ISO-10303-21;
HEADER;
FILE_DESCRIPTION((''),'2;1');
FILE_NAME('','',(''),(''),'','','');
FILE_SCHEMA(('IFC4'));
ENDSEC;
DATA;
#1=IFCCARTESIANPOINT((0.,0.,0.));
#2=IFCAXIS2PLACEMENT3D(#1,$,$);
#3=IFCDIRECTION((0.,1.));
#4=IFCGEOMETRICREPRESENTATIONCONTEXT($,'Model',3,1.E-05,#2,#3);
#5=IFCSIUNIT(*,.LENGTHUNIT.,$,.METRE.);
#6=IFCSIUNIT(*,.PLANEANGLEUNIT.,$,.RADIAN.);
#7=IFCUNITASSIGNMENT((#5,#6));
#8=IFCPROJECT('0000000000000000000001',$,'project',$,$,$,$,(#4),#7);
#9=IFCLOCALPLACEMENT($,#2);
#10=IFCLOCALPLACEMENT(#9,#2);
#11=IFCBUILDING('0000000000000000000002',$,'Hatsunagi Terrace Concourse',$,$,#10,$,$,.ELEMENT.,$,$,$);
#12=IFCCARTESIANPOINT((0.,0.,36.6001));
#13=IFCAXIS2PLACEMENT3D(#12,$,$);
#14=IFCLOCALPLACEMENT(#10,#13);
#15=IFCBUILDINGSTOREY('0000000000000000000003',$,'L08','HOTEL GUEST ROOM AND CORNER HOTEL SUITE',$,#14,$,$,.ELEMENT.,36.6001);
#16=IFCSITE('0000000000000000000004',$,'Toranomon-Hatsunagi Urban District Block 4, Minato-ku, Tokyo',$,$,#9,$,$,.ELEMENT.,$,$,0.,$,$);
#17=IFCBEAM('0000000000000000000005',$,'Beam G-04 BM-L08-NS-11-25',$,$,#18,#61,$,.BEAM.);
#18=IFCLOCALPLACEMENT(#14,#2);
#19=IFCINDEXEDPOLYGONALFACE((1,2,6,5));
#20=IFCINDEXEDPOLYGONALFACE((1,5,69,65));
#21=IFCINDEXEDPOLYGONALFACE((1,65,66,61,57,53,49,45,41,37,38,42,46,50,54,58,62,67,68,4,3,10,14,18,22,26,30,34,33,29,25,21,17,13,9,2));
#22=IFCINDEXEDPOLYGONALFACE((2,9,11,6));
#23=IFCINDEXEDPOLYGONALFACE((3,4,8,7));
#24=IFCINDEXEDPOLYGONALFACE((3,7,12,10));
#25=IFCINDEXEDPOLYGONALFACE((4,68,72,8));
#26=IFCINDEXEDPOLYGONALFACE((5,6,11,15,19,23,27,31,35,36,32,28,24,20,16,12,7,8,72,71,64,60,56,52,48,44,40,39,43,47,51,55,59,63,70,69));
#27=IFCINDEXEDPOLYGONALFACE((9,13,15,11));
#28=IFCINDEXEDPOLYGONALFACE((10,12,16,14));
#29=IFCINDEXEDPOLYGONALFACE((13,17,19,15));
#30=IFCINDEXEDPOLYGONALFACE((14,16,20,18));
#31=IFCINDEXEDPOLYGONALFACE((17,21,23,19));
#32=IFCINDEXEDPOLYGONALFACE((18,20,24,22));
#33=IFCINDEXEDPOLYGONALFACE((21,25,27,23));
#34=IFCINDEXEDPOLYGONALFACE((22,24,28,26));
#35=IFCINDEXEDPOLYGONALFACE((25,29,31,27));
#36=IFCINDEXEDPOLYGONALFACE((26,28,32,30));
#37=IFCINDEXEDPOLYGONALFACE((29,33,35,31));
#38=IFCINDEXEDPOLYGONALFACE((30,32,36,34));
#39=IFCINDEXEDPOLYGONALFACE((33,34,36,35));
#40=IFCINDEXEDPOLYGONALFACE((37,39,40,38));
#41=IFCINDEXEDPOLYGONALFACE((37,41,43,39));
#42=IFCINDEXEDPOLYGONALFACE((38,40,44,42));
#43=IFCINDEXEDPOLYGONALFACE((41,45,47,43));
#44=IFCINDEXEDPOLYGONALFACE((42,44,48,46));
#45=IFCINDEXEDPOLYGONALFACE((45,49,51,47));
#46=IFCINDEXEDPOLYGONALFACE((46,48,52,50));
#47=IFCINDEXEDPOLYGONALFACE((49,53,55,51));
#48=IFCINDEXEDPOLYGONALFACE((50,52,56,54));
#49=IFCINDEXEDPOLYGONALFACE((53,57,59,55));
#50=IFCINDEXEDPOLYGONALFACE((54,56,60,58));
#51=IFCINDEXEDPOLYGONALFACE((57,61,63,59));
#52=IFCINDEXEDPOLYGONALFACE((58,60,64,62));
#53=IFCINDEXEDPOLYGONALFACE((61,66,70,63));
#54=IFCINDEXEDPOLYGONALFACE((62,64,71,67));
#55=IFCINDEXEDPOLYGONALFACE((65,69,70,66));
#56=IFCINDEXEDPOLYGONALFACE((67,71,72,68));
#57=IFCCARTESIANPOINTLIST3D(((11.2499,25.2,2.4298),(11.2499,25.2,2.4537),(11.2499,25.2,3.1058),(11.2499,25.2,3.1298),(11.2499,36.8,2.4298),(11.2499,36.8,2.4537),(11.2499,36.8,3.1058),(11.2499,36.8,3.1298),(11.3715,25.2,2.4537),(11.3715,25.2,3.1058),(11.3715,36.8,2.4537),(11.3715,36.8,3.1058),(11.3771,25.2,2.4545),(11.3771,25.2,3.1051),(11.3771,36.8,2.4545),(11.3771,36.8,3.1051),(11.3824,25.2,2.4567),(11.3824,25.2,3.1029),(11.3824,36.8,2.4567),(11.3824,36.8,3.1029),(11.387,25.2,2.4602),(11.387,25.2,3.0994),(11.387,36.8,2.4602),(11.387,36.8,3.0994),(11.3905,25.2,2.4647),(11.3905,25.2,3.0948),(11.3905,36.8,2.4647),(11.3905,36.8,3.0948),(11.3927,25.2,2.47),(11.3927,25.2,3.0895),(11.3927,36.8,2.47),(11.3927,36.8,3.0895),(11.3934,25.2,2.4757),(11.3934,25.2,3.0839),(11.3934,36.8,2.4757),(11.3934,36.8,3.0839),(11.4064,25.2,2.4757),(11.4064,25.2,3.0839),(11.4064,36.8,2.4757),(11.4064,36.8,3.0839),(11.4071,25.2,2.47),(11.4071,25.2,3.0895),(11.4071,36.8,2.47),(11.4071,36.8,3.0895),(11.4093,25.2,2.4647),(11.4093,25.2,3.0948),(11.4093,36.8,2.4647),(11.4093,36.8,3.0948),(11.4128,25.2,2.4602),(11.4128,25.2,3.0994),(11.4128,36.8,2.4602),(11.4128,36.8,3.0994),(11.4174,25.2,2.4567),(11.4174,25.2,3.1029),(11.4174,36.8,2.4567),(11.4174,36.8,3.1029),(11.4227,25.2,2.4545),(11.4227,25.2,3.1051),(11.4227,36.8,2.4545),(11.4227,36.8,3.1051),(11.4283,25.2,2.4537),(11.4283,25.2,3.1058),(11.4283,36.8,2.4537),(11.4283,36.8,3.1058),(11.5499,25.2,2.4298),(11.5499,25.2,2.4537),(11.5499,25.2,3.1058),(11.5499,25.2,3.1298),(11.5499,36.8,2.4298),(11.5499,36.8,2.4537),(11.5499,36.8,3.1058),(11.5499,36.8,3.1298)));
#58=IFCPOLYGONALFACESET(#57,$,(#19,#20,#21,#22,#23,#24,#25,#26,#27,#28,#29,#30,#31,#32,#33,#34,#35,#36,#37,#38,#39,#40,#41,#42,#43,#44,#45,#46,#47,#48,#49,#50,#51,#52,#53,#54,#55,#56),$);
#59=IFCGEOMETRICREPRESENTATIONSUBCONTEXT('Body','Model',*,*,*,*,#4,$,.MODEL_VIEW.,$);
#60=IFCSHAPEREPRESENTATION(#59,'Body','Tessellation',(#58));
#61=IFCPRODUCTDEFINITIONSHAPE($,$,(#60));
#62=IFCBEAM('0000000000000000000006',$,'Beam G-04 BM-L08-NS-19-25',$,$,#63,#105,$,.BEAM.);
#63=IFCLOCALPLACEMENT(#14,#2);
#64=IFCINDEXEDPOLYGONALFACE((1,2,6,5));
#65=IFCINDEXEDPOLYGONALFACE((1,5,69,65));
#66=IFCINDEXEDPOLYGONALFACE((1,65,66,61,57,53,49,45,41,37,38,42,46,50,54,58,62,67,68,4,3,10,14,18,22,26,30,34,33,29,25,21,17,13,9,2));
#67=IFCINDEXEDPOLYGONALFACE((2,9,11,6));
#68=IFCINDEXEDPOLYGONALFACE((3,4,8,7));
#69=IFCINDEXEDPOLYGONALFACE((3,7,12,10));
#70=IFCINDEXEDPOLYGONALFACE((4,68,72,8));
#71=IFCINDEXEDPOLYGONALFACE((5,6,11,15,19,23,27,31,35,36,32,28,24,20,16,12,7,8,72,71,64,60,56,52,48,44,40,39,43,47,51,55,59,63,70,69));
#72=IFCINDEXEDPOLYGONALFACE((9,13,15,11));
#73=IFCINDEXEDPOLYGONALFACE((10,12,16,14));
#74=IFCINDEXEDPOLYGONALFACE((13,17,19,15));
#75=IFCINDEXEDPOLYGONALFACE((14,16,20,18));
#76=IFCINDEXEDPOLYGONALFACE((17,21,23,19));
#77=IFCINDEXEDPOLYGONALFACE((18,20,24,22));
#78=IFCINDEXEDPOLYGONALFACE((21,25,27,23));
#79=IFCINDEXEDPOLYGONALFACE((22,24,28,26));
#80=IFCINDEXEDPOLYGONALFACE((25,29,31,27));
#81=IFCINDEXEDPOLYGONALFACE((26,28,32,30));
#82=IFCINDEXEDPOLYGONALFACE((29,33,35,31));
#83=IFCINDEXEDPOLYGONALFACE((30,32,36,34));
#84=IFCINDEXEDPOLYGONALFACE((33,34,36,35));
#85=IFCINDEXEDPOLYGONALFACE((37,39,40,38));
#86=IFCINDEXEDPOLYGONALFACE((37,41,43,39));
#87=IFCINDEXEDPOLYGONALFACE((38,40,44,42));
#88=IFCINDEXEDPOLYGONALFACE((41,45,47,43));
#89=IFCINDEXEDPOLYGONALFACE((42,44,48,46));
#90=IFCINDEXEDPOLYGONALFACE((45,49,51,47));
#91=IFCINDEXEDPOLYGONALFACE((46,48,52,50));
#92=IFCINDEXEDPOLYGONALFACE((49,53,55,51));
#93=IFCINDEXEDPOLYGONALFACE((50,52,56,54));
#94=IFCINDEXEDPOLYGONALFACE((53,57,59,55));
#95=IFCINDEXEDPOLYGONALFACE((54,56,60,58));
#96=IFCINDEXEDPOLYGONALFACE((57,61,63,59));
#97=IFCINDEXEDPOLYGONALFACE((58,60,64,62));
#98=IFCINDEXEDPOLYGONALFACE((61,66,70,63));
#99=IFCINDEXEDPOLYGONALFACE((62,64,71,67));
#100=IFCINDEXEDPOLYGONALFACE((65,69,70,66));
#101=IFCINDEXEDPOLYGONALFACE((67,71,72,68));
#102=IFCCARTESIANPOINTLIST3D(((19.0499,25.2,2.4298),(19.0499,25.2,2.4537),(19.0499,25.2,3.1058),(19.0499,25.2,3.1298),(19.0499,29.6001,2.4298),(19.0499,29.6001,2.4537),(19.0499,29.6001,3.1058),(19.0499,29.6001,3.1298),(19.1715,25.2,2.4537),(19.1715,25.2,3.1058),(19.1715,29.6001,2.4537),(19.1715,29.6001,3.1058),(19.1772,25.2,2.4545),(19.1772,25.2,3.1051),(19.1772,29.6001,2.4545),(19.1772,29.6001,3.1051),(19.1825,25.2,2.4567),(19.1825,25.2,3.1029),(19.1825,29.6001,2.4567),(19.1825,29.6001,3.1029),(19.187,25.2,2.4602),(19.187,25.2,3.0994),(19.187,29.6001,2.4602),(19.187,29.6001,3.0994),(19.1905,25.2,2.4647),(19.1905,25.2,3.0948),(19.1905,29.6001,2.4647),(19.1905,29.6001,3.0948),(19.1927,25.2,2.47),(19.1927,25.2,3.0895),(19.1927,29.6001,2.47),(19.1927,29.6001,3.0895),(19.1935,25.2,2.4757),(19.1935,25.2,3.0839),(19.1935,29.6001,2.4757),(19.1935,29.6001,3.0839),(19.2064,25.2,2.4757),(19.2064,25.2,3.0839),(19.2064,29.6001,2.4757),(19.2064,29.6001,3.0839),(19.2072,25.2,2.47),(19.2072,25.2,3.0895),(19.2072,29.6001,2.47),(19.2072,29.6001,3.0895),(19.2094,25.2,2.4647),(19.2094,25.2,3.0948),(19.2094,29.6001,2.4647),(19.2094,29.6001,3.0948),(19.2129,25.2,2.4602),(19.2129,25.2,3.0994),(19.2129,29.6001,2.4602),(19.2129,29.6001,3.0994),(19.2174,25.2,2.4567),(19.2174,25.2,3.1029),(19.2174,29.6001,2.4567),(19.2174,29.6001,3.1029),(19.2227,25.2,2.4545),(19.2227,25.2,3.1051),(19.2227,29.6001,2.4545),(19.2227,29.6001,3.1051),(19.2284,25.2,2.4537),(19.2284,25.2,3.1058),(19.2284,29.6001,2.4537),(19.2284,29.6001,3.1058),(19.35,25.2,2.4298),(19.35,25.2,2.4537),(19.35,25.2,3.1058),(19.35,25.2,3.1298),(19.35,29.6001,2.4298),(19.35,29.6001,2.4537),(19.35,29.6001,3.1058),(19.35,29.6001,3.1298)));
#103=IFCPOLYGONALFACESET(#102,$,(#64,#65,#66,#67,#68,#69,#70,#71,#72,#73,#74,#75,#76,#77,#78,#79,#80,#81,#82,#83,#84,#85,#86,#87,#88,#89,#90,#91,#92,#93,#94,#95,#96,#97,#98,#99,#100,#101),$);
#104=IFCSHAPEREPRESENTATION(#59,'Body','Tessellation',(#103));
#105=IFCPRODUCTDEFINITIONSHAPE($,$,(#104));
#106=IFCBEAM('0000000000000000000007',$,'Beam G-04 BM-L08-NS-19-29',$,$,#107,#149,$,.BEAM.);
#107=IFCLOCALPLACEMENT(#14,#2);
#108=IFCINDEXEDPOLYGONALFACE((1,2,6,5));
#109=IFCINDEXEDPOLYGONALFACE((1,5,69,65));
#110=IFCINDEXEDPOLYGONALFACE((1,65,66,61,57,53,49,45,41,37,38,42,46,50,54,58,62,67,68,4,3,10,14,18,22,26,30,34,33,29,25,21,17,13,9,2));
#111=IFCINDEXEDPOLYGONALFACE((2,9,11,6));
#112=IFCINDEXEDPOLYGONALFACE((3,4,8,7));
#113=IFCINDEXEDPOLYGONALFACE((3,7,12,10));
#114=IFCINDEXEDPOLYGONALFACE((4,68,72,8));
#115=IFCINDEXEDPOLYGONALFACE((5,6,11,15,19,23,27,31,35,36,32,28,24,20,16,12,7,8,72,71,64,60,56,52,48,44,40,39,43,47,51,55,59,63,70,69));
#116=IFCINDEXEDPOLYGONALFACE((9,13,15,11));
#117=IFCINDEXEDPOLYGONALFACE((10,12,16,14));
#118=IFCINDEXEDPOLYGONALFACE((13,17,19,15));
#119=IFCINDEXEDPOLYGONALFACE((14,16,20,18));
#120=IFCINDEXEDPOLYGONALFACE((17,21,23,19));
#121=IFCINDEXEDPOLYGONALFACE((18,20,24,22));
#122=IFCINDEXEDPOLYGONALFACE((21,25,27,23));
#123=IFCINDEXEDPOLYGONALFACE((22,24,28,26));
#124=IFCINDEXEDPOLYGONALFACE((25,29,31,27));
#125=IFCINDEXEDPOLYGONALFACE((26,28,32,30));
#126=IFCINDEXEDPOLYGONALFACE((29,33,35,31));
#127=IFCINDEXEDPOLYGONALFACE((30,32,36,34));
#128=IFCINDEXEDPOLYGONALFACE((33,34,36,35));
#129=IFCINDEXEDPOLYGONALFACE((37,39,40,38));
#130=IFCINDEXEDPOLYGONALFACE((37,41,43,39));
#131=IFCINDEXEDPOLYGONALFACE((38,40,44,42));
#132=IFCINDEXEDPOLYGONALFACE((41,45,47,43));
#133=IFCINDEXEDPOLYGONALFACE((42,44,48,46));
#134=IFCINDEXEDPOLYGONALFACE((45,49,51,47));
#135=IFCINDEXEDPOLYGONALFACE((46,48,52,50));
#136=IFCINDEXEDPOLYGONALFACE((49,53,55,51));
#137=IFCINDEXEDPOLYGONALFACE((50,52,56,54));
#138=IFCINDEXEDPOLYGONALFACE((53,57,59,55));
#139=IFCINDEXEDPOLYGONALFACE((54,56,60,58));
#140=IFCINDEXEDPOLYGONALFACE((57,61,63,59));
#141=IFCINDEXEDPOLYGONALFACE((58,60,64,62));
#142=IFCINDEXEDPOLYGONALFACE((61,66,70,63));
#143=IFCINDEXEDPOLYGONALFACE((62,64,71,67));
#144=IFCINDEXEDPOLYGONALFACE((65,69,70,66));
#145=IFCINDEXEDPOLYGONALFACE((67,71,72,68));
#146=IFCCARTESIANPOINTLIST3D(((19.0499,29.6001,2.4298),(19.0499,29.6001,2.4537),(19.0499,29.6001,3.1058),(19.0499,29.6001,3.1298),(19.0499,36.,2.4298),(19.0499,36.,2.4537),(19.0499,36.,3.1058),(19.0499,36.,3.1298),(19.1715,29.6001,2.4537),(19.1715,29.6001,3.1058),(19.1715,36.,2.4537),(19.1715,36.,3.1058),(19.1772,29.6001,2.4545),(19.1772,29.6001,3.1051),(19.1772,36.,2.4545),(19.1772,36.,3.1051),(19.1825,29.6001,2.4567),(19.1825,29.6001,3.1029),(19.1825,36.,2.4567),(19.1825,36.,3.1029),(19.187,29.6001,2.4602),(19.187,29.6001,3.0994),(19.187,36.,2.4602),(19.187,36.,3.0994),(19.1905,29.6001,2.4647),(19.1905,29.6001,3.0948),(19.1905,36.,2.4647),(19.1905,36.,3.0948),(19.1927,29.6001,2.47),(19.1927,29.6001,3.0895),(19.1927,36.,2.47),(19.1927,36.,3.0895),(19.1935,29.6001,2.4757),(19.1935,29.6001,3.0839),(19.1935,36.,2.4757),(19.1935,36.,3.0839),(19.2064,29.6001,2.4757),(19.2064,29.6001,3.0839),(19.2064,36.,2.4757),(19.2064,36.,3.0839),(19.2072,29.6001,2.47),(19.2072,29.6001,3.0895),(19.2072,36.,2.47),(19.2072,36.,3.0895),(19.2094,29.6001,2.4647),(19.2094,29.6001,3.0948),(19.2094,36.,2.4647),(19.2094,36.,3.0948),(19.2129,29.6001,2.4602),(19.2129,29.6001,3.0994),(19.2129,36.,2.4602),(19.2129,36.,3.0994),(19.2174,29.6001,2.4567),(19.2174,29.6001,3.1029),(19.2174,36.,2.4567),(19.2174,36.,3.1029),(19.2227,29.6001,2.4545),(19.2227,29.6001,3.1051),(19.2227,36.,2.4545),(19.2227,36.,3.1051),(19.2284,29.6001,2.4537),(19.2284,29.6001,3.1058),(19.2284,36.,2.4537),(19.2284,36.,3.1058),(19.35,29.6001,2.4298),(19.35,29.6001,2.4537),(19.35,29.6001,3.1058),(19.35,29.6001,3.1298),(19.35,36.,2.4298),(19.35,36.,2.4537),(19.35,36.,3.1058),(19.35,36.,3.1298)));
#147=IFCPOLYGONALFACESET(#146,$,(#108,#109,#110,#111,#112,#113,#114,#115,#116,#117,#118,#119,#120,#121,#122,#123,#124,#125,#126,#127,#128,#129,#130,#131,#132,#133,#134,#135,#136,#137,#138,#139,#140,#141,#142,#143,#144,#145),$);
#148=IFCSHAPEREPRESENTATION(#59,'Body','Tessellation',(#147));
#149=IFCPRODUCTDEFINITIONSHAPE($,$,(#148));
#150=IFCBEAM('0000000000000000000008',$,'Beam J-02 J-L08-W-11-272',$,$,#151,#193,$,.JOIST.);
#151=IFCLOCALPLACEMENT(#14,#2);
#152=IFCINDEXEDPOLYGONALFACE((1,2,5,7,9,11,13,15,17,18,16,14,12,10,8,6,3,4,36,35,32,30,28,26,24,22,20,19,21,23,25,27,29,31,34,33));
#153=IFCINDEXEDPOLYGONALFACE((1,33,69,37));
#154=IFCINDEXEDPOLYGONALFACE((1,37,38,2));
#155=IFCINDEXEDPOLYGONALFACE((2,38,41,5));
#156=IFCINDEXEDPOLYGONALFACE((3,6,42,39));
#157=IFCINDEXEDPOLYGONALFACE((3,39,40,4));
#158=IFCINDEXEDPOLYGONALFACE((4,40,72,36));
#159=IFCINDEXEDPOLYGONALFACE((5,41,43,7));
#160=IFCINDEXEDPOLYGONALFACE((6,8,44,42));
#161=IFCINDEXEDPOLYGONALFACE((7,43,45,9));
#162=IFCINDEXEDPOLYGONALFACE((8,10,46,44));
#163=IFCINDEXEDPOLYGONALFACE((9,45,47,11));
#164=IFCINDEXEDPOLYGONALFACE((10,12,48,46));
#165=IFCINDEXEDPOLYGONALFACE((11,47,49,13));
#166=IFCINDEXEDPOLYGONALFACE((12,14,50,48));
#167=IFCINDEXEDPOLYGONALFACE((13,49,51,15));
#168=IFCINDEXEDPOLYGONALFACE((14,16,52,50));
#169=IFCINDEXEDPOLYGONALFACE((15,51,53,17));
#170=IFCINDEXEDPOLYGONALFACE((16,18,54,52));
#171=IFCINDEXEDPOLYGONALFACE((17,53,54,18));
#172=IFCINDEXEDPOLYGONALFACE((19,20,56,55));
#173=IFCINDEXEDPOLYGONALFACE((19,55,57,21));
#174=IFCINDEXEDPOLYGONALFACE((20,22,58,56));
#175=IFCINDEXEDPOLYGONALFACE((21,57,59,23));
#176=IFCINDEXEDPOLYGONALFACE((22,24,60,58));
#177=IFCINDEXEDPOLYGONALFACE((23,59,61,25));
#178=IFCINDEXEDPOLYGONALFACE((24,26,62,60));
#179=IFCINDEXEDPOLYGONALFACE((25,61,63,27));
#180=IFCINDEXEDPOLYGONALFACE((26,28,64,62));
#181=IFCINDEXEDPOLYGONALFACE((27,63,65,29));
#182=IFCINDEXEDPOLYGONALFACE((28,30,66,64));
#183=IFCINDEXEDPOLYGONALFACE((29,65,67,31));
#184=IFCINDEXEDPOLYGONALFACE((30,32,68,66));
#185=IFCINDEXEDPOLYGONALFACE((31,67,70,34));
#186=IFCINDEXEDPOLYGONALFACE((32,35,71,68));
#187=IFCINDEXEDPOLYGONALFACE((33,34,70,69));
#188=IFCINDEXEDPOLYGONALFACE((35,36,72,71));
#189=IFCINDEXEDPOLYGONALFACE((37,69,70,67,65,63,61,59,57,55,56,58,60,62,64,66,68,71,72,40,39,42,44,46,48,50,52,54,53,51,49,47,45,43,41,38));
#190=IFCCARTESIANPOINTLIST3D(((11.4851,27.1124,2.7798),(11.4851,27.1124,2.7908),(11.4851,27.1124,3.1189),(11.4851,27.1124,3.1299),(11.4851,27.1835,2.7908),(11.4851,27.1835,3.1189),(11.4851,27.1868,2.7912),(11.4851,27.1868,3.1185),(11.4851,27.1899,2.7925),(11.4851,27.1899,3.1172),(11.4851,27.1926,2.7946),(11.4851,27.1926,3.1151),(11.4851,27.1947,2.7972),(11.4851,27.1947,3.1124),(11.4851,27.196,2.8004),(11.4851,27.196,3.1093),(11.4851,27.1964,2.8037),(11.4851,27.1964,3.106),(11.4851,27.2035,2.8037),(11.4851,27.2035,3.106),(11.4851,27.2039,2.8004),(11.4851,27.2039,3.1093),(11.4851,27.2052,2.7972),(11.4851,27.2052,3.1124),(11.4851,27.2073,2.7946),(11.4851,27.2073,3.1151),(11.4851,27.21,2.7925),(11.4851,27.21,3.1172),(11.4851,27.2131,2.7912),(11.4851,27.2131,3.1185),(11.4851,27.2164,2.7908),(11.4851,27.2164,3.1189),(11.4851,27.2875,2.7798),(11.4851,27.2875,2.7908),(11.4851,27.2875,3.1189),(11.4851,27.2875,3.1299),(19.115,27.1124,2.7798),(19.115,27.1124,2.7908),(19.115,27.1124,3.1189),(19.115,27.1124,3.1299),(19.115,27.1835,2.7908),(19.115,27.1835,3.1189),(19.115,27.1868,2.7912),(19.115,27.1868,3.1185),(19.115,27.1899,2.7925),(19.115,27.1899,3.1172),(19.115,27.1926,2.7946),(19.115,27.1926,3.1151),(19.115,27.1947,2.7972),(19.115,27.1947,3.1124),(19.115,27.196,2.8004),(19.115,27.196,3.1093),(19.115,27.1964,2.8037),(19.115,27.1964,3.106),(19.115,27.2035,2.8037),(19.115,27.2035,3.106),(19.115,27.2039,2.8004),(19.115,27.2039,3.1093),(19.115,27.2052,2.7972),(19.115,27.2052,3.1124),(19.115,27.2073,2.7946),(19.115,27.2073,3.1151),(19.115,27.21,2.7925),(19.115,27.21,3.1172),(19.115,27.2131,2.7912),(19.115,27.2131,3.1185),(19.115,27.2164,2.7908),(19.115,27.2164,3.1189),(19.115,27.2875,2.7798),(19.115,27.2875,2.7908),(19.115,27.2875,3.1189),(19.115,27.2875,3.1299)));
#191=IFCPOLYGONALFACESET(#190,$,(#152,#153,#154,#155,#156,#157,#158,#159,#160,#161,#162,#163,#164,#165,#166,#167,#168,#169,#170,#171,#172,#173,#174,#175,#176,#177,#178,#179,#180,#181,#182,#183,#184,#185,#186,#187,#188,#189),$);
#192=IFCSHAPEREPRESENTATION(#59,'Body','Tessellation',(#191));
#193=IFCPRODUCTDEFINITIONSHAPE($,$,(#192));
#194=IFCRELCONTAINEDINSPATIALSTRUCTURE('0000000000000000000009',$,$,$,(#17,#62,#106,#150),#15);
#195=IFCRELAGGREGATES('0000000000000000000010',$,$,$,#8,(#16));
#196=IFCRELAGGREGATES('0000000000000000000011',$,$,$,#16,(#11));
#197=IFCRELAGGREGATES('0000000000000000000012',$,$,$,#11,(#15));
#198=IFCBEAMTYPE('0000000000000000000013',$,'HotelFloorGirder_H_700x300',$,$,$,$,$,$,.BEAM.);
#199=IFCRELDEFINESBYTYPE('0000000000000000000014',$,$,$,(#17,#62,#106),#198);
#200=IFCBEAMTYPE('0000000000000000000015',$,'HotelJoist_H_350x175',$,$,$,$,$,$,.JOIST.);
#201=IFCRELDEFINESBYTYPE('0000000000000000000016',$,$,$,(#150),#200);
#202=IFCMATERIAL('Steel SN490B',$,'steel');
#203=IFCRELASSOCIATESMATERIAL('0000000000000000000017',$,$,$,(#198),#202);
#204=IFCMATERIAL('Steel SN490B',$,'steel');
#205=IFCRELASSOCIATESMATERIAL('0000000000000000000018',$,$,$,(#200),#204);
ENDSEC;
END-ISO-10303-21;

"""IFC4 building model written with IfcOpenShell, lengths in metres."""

from ifc_helpers import new_model, si_unit, direction, frame, origin, origin_2d, place, context, subcontext, project, spatial, i_section, extrude, material, material_profile, profile_set, type_object, element, save


model = new_model("IFC4")

# Units and contexts
model_context = context("Model", 3, precision=1e-05, world=origin(), true_north=direction((0.0, 1.0)))
body_context = subcontext(model_context, "Body", "Model", "MODEL_VIEW")
ifc_project = project(units=[si_unit("LENGTHUNIT", "METRE"), si_unit("PLANEANGLEUNIT", "RADIAN")], contexts=[model_context])

# Site, building, storey
site_placement = place(None, origin())
site = spatial("IfcSite", under=ifc_project, at=site_placement, Name="Toranomon-Hatsunagi Urban District Block 4, Minato-ku, Tokyo", CompositionType="ELEMENT", RefElevation=0.0)
building_placement = place(site_placement, origin())
building = spatial("IfcBuilding", under=site, at=building_placement, Name="Hatsunagi Terrace Concourse", CompositionType="ELEMENT")
storey_placement = place(building_placement, frame((0.0, 0.0, 36.6001)))
storey = spatial("IfcBuildingStorey", under=building, at=storey_placement, Name="L08", Description="HOTEL GUEST ROOM AND CORNER HOTEL SUITE", CompositionType="ELEMENT", Elevation=36.6001)

# Beams
ifc_material_1 = material(Name="Steel SN490B", Category="steel")
ifc_material_profile_1 = material_profile(ifc_material_1, i_section(OverallWidth=0.3, OverallDepth=0.7, WebThickness=0.0129, FlangeThickness=0.0239, FilletRadius=0.022, at=origin_2d()), Name="H-700x300x13x24")
ifc_profile_set_1 = profile_set([ifc_material_profile_1], Name="Steel SN490B")
beam_type_1 = type_object("IfcBeamType", Name="HotelFloorGirder_H_700x300", PredefinedType="BEAM", material=ifc_profile_set_1)
beam_1_placement = place(storey_placement, frame((11.3999, 25.2, 2.7798), z_axis=(0.0, 1.0, 0.0), x_axis=(-1.0, 0.0, 0.0)))
element("IfcBeam", 1, at=beam_1_placement, inside=storey, type_object=beam_type_1, Name="Beam G-04 BM-L08-NS-11-25", PredefinedType="BEAM", context=body_context, shape_type="SweptSolid", body=[
    extrude(i_section(OverallWidth=0.3, OverallDepth=0.7, WebThickness=0.0129, FlangeThickness=0.0239, FilletRadius=0.022, at=origin_2d()), origin(), (0.0, 0.0, 1.0), 11.6001),
])
beam_2_placement = place(storey_placement, frame((19.2, 25.2, 2.7798), z_axis=(0.0, 1.0, 0.0), x_axis=(-1.0, 0.0, 0.0)))
element("IfcBeam", 2, at=beam_2_placement, inside=storey, type_object=beam_type_1, Name="Beam G-04 BM-L08-NS-19-25", PredefinedType="BEAM", context=body_context, shape_type="SweptSolid", body=[
    extrude(i_section(OverallWidth=0.3, OverallDepth=0.7, WebThickness=0.0129, FlangeThickness=0.0239, FilletRadius=0.022, at=origin_2d()), origin(), (0.0, 0.0, 1.0), 4.4001),
])
beam_3_placement = place(storey_placement, frame((19.2, 29.6001, 2.7798), z_axis=(0.0, 1.0, 0.0), x_axis=(-1.0, 0.0, 0.0)))
element("IfcBeam", 3, at=beam_3_placement, inside=storey, type_object=beam_type_1, Name="Beam G-04 BM-L08-NS-19-29", PredefinedType="BEAM", context=body_context, shape_type="SweptSolid", body=[
    extrude(i_section(OverallWidth=0.3, OverallDepth=0.7, WebThickness=0.0129, FlangeThickness=0.0239, FilletRadius=0.022, at=origin_2d()), origin(), (0.0, 0.0, 1.0), 6.3999),
])
ifc_material_2 = material(Name="Steel SN490B", Category="steel")
ifc_material_profile_2 = material_profile(ifc_material_2, i_section(OverallWidth=0.175, OverallDepth=0.3501, WebThickness=0.0071, FlangeThickness=0.011, FilletRadius=0.0129, at=origin_2d()), Name="H-350x175x7x11")
ifc_profile_set_2 = profile_set([ifc_material_profile_2], Name="Steel SN490B")
beam_type_2 = type_object("IfcBeamType", Name="HotelJoist_H_350x175", PredefinedType="JOIST", material=ifc_profile_set_2)
beam_4_placement = place(storey_placement, frame((11.4851, 27.2, 2.9548), z_axis=(1.0, 0.0, 0.0), x_axis=(0.0, 1.0, 0.0)))
element("IfcBeam", 4, at=beam_4_placement, inside=storey, type_object=beam_type_2, Name="Beam J-02 J-L08-W-11-272", PredefinedType="JOIST", context=body_context, shape_type="SweptSolid", body=[
    extrude(i_section(OverallWidth=0.175, OverallDepth=0.3501, WebThickness=0.0071, FlangeThickness=0.011, FilletRadius=0.0129, at=origin_2d()), origin(), (0.0, 0.0, 1.0), 7.6299),
])

save(model, "model.ifc")
